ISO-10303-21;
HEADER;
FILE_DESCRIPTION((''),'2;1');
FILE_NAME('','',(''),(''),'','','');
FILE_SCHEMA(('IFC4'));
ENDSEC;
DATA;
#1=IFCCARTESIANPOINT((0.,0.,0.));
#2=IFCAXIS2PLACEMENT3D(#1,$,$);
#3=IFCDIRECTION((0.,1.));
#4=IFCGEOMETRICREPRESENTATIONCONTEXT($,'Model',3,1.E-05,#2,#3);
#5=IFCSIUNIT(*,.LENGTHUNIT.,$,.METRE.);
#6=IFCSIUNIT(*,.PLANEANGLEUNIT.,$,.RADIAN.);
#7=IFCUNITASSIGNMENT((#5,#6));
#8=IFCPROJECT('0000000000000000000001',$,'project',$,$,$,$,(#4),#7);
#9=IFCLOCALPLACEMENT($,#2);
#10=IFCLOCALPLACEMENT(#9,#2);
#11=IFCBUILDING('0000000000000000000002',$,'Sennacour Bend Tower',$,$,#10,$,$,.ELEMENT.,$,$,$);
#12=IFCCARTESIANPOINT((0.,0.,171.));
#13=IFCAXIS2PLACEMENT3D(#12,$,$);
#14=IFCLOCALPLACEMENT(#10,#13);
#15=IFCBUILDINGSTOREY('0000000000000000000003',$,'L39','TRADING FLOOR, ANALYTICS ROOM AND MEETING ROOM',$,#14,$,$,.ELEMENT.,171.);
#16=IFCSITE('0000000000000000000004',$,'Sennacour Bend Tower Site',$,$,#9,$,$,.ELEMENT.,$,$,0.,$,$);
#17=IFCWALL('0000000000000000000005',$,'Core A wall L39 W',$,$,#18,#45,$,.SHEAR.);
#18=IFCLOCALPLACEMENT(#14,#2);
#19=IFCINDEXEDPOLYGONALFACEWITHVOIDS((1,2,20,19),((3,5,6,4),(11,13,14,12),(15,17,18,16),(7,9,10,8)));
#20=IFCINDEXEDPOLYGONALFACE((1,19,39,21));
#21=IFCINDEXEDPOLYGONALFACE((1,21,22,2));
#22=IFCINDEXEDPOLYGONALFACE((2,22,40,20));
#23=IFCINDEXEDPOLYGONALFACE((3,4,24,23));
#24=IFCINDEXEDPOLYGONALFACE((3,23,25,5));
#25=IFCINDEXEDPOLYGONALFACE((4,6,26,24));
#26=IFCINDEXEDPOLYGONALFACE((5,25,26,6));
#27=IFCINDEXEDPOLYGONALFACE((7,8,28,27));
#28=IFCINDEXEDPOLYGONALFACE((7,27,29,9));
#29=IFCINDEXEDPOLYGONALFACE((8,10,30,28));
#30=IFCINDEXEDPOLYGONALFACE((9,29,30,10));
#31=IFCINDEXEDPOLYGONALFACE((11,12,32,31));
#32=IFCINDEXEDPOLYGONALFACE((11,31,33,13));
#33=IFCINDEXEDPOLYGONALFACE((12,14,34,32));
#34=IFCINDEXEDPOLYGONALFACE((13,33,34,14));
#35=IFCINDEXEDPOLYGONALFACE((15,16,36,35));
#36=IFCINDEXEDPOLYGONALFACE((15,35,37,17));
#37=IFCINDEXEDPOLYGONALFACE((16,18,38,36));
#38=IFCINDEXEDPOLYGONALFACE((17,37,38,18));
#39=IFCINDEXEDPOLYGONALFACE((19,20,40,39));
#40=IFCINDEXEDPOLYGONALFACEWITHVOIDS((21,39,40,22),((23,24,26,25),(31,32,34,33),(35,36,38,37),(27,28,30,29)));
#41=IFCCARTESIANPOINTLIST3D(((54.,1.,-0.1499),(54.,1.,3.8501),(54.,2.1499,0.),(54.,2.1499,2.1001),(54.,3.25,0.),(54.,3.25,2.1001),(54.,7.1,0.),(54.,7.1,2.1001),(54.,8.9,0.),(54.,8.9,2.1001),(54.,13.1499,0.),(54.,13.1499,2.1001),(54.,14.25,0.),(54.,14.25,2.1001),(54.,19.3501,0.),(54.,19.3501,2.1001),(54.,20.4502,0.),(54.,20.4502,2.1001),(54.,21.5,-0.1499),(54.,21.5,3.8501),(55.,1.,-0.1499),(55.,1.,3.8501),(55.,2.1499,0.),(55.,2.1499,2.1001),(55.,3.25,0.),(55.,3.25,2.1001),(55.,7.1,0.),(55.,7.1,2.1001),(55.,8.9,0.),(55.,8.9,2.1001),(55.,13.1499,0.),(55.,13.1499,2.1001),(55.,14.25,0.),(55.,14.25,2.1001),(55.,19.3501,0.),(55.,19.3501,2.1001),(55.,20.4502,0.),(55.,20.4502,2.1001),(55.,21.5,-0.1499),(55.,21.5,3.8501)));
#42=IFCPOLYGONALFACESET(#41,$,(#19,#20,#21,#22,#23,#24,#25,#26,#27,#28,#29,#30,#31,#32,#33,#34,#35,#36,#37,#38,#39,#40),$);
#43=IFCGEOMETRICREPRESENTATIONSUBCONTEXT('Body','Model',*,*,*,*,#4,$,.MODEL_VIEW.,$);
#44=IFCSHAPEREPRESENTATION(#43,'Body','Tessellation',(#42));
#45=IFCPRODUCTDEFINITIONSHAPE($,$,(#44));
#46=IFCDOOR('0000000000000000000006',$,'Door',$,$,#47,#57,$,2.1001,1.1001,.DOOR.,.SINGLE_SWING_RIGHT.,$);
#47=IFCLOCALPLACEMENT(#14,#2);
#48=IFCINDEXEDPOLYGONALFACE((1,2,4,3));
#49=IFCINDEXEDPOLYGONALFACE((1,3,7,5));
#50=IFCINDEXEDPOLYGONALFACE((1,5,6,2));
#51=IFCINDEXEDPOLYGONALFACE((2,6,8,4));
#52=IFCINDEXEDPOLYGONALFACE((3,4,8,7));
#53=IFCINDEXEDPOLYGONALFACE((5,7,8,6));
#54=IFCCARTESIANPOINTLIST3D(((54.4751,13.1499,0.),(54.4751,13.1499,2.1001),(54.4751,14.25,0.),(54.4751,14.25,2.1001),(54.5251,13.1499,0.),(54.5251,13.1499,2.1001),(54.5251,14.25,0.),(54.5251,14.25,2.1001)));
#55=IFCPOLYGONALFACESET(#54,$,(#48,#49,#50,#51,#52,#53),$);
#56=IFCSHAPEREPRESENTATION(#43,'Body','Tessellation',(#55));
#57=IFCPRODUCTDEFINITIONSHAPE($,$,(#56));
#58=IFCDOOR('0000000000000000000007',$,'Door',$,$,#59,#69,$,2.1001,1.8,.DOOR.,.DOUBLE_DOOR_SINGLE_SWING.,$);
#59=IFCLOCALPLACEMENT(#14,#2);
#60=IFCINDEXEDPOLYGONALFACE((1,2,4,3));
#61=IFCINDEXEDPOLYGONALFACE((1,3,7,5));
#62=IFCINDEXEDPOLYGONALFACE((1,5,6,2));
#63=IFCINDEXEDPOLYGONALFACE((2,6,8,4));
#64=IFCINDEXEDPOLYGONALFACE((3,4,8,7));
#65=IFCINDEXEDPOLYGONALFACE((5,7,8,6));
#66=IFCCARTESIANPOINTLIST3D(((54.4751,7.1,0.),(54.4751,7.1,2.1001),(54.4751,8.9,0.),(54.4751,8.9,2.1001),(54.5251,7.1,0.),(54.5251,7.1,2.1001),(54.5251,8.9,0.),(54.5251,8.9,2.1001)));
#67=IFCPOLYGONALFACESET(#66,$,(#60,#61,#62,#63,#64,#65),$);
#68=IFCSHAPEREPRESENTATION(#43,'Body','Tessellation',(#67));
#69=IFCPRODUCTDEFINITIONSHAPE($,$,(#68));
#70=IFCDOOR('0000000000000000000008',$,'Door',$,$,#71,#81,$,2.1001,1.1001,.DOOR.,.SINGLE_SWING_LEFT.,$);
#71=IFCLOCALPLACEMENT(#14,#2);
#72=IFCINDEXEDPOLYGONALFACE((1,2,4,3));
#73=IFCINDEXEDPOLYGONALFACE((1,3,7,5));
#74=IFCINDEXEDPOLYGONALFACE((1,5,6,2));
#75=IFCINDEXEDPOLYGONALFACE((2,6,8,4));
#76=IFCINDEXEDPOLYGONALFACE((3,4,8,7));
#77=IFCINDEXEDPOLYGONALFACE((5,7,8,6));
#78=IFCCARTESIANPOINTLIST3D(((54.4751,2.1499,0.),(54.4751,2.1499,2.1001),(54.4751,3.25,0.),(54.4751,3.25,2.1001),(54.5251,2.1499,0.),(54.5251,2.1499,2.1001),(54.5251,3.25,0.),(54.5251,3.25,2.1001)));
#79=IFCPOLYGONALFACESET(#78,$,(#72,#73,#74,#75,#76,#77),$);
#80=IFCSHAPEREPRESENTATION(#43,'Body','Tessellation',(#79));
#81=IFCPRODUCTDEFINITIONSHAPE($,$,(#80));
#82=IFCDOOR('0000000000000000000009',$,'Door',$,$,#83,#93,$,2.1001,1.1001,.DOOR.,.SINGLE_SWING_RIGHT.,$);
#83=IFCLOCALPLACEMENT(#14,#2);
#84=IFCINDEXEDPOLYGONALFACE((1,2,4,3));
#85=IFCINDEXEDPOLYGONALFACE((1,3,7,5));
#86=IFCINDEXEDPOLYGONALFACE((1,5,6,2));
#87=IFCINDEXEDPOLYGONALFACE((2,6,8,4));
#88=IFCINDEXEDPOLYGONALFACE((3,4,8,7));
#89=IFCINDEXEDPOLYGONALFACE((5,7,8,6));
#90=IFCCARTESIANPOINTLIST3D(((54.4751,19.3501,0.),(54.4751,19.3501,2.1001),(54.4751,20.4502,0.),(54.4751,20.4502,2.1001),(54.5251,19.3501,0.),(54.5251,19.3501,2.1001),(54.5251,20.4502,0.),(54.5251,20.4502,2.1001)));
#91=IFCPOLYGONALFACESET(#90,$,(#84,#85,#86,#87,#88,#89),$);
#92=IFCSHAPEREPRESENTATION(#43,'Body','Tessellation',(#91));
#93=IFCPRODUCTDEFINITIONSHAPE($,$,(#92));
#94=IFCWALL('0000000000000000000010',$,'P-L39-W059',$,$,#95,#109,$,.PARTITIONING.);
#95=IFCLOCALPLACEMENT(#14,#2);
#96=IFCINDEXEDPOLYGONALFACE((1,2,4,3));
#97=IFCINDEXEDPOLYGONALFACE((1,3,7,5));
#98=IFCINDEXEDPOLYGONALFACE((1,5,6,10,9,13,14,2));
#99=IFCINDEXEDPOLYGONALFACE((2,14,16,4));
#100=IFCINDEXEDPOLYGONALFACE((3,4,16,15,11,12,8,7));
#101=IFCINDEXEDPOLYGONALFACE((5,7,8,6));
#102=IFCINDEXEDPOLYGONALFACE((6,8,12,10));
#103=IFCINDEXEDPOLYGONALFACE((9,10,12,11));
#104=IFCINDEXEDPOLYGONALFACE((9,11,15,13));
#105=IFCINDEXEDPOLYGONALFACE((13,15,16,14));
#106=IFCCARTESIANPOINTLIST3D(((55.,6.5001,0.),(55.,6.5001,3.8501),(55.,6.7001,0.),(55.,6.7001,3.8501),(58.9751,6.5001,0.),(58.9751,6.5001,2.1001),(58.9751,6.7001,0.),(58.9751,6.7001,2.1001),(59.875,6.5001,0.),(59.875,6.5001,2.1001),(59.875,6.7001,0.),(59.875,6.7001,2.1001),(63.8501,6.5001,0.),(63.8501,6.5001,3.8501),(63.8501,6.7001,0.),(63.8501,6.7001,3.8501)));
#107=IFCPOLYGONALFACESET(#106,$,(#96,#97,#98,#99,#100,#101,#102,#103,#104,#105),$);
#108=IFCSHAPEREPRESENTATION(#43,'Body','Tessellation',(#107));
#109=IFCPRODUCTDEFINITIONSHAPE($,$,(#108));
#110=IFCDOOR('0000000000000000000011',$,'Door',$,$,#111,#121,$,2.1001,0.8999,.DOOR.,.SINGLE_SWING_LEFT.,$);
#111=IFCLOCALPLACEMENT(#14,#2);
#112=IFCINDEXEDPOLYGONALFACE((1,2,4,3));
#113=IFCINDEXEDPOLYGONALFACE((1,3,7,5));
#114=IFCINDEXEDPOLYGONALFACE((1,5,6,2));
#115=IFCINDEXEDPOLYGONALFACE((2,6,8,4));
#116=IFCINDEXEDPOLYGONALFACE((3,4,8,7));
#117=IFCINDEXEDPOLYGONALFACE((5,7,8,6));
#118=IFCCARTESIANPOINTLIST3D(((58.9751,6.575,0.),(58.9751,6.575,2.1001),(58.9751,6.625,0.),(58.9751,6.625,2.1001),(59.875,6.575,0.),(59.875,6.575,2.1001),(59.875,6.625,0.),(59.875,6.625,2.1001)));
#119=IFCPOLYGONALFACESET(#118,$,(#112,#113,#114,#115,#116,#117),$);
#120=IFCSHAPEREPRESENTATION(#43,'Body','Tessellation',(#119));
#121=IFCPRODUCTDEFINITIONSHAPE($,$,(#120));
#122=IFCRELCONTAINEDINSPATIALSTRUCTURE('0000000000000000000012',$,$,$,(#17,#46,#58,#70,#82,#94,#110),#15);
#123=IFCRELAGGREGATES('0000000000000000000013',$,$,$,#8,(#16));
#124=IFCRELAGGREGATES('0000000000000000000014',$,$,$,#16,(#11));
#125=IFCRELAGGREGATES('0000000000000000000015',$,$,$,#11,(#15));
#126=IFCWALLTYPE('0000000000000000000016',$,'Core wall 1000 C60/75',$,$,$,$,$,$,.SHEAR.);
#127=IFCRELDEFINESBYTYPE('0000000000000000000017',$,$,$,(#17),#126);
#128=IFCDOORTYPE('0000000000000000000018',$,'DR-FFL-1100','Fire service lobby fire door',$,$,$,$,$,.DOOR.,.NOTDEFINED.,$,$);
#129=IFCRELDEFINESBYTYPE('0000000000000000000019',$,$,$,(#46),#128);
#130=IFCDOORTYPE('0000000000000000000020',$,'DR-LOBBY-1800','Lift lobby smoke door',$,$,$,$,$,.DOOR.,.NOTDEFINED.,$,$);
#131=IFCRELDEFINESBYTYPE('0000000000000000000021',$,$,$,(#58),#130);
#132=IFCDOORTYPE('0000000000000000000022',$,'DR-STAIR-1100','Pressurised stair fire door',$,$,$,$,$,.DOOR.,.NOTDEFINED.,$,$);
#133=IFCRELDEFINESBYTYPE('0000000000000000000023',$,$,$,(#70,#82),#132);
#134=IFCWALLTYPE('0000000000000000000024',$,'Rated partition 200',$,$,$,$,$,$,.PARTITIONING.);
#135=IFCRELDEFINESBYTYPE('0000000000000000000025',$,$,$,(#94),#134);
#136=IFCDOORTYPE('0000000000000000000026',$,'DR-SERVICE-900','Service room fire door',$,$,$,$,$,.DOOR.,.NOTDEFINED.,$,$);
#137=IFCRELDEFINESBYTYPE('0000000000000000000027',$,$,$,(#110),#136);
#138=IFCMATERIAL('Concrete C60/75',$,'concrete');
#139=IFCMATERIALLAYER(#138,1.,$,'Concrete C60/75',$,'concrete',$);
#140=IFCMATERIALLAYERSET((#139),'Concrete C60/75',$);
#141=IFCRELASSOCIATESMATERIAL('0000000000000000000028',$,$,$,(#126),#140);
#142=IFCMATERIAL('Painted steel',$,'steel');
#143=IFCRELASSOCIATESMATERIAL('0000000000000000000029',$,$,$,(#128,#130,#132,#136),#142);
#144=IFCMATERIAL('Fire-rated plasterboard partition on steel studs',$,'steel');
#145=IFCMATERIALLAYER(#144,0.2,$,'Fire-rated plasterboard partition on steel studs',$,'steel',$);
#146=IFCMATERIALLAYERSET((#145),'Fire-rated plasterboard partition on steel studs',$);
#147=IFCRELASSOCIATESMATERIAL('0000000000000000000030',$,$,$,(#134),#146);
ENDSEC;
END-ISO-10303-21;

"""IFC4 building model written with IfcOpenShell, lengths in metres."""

from ifc_helpers import new_model, si_unit, direction, frame, frame_2d, origin, place, context, subcontext, project, spatial, rectangle, extrude, material, layer, layer_set, type_object, element, fill, save


model = new_model("IFC4")

# Units and contexts
model_context = context("Model", 3, precision=1e-05, world=origin(), true_north=direction((0.0, 1.0)))
body_context = subcontext(model_context, "Body", "Model", "MODEL_VIEW")
ifc_project = project(units=[si_unit("LENGTHUNIT", "METRE"), si_unit("PLANEANGLEUNIT", "RADIAN")], contexts=[model_context])

# Site, building, storey
site_placement = place(None, origin())
site = spatial("IfcSite", under=ifc_project, at=site_placement, Name="Sennacour Bend Tower Site", CompositionType="ELEMENT", RefElevation=0.0)
building_placement = place(site_placement, origin())
building = spatial("IfcBuilding", under=site, at=building_placement, Name="Sennacour Bend Tower", CompositionType="ELEMENT")
storey_placement = place(building_placement, frame((0.0, 0.0, 171.0)))
storey = spatial("IfcBuildingStorey", under=building, at=storey_placement, Name="L39", Description="TRADING FLOOR, ANALYTICS ROOM AND MEETING ROOM", CompositionType="ELEMENT", Elevation=171.0)

# Wall, openings, doors
ifc_material_1 = material(Name="Concrete C60/75", Category="concrete")
ifc_layer_1 = layer(ifc_material_1, 1.0, Name="Concrete C60/75", Category="concrete")
ifc_layer_set_1 = layer_set([ifc_layer_1], Name="Concrete C60/75")
wall_type_1 = type_object("IfcWallType", Name="Core wall 1000 C60/75", PredefinedType="SHEAR", material=ifc_layer_set_1)
wall_1_placement = place(storey_placement, frame((54.5, 1.0, -0.1499), z_axis=(0.0, 0.0, 1.0), x_axis=(0.0, 1.0, 0.0)))
wall_1 = element("IfcWall", 1, at=wall_1_placement, inside=storey, type_object=wall_type_1, Name="Core A wall L39 W", PredefinedType="SHEAR", context=body_context, shape_type="SweptSolid", body=[
    extrude(rectangle(XDim=20.5, YDim=1.0, at=frame_2d((10.25, 0.0))), origin(), (0.0, 0.0, 1.0), 4.0),
])
opening_1_placement = place(wall_1_placement, frame((6.1001, 0.0, 0.1499)))
opening_1 = element("IfcOpeningElement", 2, at=opening_1_placement, cuts=wall_1, PredefinedType="OPENING", context=body_context, shape_type="SweptSolid", body=[
    extrude(rectangle(XDim=1.8, YDim=2.1001, at=frame_2d((0.8999, 1.05))), frame((0.0, 0.51, 0.0), z_axis=(0.0, -1.0, 0.0), x_axis=(1.0, 0.0, 0.0)), (0.0, 0.0, 1.0), 1.02),
])
opening_2_placement = place(wall_1_placement, frame((12.1499, 0.0, 0.1499)))
opening_2 = element("IfcOpeningElement", 3, at=opening_2_placement, cuts=wall_1, PredefinedType="OPENING", context=body_context, shape_type="SweptSolid", body=[
    extrude(rectangle(XDim=1.1001, YDim=2.1001, at=frame_2d((0.55, 1.05))), frame((0.0, 0.51, 0.0), z_axis=(0.0, -1.0, 0.0), x_axis=(1.0, 0.0, 0.0)), (0.0, 0.0, 1.0), 1.02),
])
opening_3_placement = place(wall_1_placement, frame((1.1499, 0.0, 0.1499)))
opening_3 = element("IfcOpeningElement", 4, at=opening_3_placement, cuts=wall_1, PredefinedType="OPENING", context=body_context, shape_type="SweptSolid", body=[
    extrude(rectangle(XDim=1.1001, YDim=2.1001, at=frame_2d((0.55, 1.05))), frame((0.0, 0.51, 0.0), z_axis=(0.0, -1.0, 0.0), x_axis=(1.0, 0.0, 0.0)), (0.0, 0.0, 1.0), 1.02),
])
opening_4_placement = place(wall_1_placement, frame((18.3501, 0.0, 0.1499)))
opening_4 = element("IfcOpeningElement", 5, at=opening_4_placement, cuts=wall_1, PredefinedType="OPENING", context=body_context, shape_type="SweptSolid", body=[
    extrude(rectangle(XDim=1.1001, YDim=2.1001, at=frame_2d((0.55, 1.05))), frame((0.0, 0.51, 0.0), z_axis=(0.0, -1.0, 0.0), x_axis=(1.0, 0.0, 0.0)), (0.0, 0.0, 1.0), 1.02),
])
ifc_material_2 = material(Name="Painted steel", Category="steel")
door_type_1 = type_object("IfcDoorType", Name="DR-FFL-1100", Description="Fire service lobby fire door", OperationType="NOTDEFINED", PredefinedType="DOOR", material=ifc_material_2)
door_1_placement = place(opening_2_placement, origin())
door_1 = element("IfcDoor", 6, at=door_1_placement, inside=storey, type_object=door_type_1, Name="Door", OperationType="SINGLE_SWING_RIGHT", OverallHeight=2.1001, OverallWidth=1.1001, PredefinedType="DOOR", context=body_context, shape_type="SweptSolid", body=[
    extrude(rectangle(XDim=1.1001, YDim=2.1001, at=frame_2d((0.55, 1.05))), frame((0.0, 0.0249, 0.0), z_axis=(0.0, -1.0, 0.0), x_axis=(1.0, 0.0, 0.0)), (0.0, 0.0, 1.0), 0.05),
])
fill(opening_2, door_1)
door_type_2 = type_object("IfcDoorType", Name="DR-LOBBY-1800", Description="Lift lobby smoke door", OperationType="NOTDEFINED", PredefinedType="DOOR", material=ifc_material_2)
door_2_placement = place(opening_1_placement, origin())
door_2 = element("IfcDoor", 7, at=door_2_placement, inside=storey, type_object=door_type_2, Name="Door", OperationType="DOUBLE_DOOR_SINGLE_SWING", OverallHeight=2.1001, OverallWidth=1.8, PredefinedType="DOOR", context=body_context, shape_type="SweptSolid", body=[
    extrude(rectangle(XDim=1.8, YDim=2.1001, at=frame_2d((0.8999, 1.05))), frame((0.0, 0.0249, 0.0), z_axis=(0.0, -1.0, 0.0), x_axis=(1.0, 0.0, 0.0)), (0.0, 0.0, 1.0), 0.05),
])
fill(opening_1, door_2)
door_type_3 = type_object("IfcDoorType", Name="DR-STAIR-1100", Description="Pressurised stair fire door", OperationType="NOTDEFINED", PredefinedType="DOOR", material=ifc_material_2)
door_3_placement = place(opening_3_placement, origin())
door_3 = element("IfcDoor", 8, at=door_3_placement, inside=storey, type_object=door_type_3, Name="Door", OperationType="SINGLE_SWING_LEFT", OverallHeight=2.1001, OverallWidth=1.1001, PredefinedType="DOOR", context=body_context, shape_type="SweptSolid", body=[
    extrude(rectangle(XDim=1.1001, YDim=2.1001, at=frame_2d((0.55, 1.05))), frame((0.0, 0.0249, 0.0), z_axis=(0.0, -1.0, 0.0), x_axis=(1.0, 0.0, 0.0)), (0.0, 0.0, 1.0), 0.05),
])
fill(opening_3, door_3)
door_4_placement = place(opening_4_placement, origin())
door_4 = element("IfcDoor", 9, at=door_4_placement, inside=storey, type_object=door_type_3, Name="Door", OperationType="SINGLE_SWING_RIGHT", OverallHeight=2.1001, OverallWidth=1.1001, PredefinedType="DOOR", context=body_context, shape_type="SweptSolid", body=[
    extrude(rectangle(XDim=1.1001, YDim=2.1001, at=frame_2d((0.55, 1.05))), frame((0.0, 0.0249, 0.0), z_axis=(0.0, -1.0, 0.0), x_axis=(1.0, 0.0, 0.0)), (0.0, 0.0, 1.0), 0.05),
])
fill(opening_4, door_4)

# Wall, opening, door
ifc_material_3 = material(Name="Fire-rated plasterboard partition on steel studs", Category="steel")
ifc_layer_2 = layer(ifc_material_3, 0.2, Name="Fire-rated plasterboard partition on steel studs", Category="steel")
ifc_layer_set_2 = layer_set([ifc_layer_2], Name="Fire-rated plasterboard partition on steel studs")
wall_type_2 = type_object("IfcWallType", Name="Rated partition 200", PredefinedType="PARTITIONING", material=ifc_layer_set_2)
wall_2_placement = place(storey_placement, frame((55.0, 6.6001, 0.0), z_axis=(0.0, 0.0, 1.0), x_axis=(1.0, 0.0, 0.0)))
wall_2 = element("IfcWall", 10, at=wall_2_placement, inside=storey, type_object=wall_type_2, Name="P-L39-W059", PredefinedType="PARTITIONING", context=body_context, shape_type="SweptSolid", body=[
    extrude(rectangle(XDim=8.8501, YDim=0.2, at=frame_2d((4.425, 0.0))), origin(), (0.0, 0.0, 1.0), 3.8501),
])
opening_5_placement = place(wall_2_placement, frame((3.9751, 0.0, 0.0)))
opening_5 = element("IfcOpeningElement", 11, at=opening_5_placement, cuts=wall_2, PredefinedType="OPENING", context=body_context, shape_type="SweptSolid", body=[
    extrude(rectangle(XDim=0.8999, YDim=2.1001, at=frame_2d((0.45, 1.05))), frame((0.0, 0.1099, 0.0), z_axis=(0.0, -1.0, 0.0), x_axis=(1.0, 0.0, 0.0)), (0.0, 0.0, 1.0), 0.22),
])
door_type_4 = type_object("IfcDoorType", Name="DR-SERVICE-900", Description="Service room fire door", OperationType="NOTDEFINED", PredefinedType="DOOR", material=ifc_material_2)
door_5_placement = place(opening_5_placement, origin())
door_5 = element("IfcDoor", 12, at=door_5_placement, inside=storey, type_object=door_type_4, Name="Door", OperationType="SINGLE_SWING_LEFT", OverallHeight=2.1001, OverallWidth=0.8999, PredefinedType="DOOR", context=body_context, shape_type="SweptSolid", body=[
    extrude(rectangle(XDim=0.8999, YDim=2.1001, at=frame_2d((0.45, 1.05))), frame((0.0, 0.0249, 0.0), z_axis=(0.0, -1.0, 0.0), x_axis=(1.0, 0.0, 0.0)), (0.0, 0.0, 1.0), 0.05),
])
fill(opening_5, door_5)

save(model, "model.ifc")
